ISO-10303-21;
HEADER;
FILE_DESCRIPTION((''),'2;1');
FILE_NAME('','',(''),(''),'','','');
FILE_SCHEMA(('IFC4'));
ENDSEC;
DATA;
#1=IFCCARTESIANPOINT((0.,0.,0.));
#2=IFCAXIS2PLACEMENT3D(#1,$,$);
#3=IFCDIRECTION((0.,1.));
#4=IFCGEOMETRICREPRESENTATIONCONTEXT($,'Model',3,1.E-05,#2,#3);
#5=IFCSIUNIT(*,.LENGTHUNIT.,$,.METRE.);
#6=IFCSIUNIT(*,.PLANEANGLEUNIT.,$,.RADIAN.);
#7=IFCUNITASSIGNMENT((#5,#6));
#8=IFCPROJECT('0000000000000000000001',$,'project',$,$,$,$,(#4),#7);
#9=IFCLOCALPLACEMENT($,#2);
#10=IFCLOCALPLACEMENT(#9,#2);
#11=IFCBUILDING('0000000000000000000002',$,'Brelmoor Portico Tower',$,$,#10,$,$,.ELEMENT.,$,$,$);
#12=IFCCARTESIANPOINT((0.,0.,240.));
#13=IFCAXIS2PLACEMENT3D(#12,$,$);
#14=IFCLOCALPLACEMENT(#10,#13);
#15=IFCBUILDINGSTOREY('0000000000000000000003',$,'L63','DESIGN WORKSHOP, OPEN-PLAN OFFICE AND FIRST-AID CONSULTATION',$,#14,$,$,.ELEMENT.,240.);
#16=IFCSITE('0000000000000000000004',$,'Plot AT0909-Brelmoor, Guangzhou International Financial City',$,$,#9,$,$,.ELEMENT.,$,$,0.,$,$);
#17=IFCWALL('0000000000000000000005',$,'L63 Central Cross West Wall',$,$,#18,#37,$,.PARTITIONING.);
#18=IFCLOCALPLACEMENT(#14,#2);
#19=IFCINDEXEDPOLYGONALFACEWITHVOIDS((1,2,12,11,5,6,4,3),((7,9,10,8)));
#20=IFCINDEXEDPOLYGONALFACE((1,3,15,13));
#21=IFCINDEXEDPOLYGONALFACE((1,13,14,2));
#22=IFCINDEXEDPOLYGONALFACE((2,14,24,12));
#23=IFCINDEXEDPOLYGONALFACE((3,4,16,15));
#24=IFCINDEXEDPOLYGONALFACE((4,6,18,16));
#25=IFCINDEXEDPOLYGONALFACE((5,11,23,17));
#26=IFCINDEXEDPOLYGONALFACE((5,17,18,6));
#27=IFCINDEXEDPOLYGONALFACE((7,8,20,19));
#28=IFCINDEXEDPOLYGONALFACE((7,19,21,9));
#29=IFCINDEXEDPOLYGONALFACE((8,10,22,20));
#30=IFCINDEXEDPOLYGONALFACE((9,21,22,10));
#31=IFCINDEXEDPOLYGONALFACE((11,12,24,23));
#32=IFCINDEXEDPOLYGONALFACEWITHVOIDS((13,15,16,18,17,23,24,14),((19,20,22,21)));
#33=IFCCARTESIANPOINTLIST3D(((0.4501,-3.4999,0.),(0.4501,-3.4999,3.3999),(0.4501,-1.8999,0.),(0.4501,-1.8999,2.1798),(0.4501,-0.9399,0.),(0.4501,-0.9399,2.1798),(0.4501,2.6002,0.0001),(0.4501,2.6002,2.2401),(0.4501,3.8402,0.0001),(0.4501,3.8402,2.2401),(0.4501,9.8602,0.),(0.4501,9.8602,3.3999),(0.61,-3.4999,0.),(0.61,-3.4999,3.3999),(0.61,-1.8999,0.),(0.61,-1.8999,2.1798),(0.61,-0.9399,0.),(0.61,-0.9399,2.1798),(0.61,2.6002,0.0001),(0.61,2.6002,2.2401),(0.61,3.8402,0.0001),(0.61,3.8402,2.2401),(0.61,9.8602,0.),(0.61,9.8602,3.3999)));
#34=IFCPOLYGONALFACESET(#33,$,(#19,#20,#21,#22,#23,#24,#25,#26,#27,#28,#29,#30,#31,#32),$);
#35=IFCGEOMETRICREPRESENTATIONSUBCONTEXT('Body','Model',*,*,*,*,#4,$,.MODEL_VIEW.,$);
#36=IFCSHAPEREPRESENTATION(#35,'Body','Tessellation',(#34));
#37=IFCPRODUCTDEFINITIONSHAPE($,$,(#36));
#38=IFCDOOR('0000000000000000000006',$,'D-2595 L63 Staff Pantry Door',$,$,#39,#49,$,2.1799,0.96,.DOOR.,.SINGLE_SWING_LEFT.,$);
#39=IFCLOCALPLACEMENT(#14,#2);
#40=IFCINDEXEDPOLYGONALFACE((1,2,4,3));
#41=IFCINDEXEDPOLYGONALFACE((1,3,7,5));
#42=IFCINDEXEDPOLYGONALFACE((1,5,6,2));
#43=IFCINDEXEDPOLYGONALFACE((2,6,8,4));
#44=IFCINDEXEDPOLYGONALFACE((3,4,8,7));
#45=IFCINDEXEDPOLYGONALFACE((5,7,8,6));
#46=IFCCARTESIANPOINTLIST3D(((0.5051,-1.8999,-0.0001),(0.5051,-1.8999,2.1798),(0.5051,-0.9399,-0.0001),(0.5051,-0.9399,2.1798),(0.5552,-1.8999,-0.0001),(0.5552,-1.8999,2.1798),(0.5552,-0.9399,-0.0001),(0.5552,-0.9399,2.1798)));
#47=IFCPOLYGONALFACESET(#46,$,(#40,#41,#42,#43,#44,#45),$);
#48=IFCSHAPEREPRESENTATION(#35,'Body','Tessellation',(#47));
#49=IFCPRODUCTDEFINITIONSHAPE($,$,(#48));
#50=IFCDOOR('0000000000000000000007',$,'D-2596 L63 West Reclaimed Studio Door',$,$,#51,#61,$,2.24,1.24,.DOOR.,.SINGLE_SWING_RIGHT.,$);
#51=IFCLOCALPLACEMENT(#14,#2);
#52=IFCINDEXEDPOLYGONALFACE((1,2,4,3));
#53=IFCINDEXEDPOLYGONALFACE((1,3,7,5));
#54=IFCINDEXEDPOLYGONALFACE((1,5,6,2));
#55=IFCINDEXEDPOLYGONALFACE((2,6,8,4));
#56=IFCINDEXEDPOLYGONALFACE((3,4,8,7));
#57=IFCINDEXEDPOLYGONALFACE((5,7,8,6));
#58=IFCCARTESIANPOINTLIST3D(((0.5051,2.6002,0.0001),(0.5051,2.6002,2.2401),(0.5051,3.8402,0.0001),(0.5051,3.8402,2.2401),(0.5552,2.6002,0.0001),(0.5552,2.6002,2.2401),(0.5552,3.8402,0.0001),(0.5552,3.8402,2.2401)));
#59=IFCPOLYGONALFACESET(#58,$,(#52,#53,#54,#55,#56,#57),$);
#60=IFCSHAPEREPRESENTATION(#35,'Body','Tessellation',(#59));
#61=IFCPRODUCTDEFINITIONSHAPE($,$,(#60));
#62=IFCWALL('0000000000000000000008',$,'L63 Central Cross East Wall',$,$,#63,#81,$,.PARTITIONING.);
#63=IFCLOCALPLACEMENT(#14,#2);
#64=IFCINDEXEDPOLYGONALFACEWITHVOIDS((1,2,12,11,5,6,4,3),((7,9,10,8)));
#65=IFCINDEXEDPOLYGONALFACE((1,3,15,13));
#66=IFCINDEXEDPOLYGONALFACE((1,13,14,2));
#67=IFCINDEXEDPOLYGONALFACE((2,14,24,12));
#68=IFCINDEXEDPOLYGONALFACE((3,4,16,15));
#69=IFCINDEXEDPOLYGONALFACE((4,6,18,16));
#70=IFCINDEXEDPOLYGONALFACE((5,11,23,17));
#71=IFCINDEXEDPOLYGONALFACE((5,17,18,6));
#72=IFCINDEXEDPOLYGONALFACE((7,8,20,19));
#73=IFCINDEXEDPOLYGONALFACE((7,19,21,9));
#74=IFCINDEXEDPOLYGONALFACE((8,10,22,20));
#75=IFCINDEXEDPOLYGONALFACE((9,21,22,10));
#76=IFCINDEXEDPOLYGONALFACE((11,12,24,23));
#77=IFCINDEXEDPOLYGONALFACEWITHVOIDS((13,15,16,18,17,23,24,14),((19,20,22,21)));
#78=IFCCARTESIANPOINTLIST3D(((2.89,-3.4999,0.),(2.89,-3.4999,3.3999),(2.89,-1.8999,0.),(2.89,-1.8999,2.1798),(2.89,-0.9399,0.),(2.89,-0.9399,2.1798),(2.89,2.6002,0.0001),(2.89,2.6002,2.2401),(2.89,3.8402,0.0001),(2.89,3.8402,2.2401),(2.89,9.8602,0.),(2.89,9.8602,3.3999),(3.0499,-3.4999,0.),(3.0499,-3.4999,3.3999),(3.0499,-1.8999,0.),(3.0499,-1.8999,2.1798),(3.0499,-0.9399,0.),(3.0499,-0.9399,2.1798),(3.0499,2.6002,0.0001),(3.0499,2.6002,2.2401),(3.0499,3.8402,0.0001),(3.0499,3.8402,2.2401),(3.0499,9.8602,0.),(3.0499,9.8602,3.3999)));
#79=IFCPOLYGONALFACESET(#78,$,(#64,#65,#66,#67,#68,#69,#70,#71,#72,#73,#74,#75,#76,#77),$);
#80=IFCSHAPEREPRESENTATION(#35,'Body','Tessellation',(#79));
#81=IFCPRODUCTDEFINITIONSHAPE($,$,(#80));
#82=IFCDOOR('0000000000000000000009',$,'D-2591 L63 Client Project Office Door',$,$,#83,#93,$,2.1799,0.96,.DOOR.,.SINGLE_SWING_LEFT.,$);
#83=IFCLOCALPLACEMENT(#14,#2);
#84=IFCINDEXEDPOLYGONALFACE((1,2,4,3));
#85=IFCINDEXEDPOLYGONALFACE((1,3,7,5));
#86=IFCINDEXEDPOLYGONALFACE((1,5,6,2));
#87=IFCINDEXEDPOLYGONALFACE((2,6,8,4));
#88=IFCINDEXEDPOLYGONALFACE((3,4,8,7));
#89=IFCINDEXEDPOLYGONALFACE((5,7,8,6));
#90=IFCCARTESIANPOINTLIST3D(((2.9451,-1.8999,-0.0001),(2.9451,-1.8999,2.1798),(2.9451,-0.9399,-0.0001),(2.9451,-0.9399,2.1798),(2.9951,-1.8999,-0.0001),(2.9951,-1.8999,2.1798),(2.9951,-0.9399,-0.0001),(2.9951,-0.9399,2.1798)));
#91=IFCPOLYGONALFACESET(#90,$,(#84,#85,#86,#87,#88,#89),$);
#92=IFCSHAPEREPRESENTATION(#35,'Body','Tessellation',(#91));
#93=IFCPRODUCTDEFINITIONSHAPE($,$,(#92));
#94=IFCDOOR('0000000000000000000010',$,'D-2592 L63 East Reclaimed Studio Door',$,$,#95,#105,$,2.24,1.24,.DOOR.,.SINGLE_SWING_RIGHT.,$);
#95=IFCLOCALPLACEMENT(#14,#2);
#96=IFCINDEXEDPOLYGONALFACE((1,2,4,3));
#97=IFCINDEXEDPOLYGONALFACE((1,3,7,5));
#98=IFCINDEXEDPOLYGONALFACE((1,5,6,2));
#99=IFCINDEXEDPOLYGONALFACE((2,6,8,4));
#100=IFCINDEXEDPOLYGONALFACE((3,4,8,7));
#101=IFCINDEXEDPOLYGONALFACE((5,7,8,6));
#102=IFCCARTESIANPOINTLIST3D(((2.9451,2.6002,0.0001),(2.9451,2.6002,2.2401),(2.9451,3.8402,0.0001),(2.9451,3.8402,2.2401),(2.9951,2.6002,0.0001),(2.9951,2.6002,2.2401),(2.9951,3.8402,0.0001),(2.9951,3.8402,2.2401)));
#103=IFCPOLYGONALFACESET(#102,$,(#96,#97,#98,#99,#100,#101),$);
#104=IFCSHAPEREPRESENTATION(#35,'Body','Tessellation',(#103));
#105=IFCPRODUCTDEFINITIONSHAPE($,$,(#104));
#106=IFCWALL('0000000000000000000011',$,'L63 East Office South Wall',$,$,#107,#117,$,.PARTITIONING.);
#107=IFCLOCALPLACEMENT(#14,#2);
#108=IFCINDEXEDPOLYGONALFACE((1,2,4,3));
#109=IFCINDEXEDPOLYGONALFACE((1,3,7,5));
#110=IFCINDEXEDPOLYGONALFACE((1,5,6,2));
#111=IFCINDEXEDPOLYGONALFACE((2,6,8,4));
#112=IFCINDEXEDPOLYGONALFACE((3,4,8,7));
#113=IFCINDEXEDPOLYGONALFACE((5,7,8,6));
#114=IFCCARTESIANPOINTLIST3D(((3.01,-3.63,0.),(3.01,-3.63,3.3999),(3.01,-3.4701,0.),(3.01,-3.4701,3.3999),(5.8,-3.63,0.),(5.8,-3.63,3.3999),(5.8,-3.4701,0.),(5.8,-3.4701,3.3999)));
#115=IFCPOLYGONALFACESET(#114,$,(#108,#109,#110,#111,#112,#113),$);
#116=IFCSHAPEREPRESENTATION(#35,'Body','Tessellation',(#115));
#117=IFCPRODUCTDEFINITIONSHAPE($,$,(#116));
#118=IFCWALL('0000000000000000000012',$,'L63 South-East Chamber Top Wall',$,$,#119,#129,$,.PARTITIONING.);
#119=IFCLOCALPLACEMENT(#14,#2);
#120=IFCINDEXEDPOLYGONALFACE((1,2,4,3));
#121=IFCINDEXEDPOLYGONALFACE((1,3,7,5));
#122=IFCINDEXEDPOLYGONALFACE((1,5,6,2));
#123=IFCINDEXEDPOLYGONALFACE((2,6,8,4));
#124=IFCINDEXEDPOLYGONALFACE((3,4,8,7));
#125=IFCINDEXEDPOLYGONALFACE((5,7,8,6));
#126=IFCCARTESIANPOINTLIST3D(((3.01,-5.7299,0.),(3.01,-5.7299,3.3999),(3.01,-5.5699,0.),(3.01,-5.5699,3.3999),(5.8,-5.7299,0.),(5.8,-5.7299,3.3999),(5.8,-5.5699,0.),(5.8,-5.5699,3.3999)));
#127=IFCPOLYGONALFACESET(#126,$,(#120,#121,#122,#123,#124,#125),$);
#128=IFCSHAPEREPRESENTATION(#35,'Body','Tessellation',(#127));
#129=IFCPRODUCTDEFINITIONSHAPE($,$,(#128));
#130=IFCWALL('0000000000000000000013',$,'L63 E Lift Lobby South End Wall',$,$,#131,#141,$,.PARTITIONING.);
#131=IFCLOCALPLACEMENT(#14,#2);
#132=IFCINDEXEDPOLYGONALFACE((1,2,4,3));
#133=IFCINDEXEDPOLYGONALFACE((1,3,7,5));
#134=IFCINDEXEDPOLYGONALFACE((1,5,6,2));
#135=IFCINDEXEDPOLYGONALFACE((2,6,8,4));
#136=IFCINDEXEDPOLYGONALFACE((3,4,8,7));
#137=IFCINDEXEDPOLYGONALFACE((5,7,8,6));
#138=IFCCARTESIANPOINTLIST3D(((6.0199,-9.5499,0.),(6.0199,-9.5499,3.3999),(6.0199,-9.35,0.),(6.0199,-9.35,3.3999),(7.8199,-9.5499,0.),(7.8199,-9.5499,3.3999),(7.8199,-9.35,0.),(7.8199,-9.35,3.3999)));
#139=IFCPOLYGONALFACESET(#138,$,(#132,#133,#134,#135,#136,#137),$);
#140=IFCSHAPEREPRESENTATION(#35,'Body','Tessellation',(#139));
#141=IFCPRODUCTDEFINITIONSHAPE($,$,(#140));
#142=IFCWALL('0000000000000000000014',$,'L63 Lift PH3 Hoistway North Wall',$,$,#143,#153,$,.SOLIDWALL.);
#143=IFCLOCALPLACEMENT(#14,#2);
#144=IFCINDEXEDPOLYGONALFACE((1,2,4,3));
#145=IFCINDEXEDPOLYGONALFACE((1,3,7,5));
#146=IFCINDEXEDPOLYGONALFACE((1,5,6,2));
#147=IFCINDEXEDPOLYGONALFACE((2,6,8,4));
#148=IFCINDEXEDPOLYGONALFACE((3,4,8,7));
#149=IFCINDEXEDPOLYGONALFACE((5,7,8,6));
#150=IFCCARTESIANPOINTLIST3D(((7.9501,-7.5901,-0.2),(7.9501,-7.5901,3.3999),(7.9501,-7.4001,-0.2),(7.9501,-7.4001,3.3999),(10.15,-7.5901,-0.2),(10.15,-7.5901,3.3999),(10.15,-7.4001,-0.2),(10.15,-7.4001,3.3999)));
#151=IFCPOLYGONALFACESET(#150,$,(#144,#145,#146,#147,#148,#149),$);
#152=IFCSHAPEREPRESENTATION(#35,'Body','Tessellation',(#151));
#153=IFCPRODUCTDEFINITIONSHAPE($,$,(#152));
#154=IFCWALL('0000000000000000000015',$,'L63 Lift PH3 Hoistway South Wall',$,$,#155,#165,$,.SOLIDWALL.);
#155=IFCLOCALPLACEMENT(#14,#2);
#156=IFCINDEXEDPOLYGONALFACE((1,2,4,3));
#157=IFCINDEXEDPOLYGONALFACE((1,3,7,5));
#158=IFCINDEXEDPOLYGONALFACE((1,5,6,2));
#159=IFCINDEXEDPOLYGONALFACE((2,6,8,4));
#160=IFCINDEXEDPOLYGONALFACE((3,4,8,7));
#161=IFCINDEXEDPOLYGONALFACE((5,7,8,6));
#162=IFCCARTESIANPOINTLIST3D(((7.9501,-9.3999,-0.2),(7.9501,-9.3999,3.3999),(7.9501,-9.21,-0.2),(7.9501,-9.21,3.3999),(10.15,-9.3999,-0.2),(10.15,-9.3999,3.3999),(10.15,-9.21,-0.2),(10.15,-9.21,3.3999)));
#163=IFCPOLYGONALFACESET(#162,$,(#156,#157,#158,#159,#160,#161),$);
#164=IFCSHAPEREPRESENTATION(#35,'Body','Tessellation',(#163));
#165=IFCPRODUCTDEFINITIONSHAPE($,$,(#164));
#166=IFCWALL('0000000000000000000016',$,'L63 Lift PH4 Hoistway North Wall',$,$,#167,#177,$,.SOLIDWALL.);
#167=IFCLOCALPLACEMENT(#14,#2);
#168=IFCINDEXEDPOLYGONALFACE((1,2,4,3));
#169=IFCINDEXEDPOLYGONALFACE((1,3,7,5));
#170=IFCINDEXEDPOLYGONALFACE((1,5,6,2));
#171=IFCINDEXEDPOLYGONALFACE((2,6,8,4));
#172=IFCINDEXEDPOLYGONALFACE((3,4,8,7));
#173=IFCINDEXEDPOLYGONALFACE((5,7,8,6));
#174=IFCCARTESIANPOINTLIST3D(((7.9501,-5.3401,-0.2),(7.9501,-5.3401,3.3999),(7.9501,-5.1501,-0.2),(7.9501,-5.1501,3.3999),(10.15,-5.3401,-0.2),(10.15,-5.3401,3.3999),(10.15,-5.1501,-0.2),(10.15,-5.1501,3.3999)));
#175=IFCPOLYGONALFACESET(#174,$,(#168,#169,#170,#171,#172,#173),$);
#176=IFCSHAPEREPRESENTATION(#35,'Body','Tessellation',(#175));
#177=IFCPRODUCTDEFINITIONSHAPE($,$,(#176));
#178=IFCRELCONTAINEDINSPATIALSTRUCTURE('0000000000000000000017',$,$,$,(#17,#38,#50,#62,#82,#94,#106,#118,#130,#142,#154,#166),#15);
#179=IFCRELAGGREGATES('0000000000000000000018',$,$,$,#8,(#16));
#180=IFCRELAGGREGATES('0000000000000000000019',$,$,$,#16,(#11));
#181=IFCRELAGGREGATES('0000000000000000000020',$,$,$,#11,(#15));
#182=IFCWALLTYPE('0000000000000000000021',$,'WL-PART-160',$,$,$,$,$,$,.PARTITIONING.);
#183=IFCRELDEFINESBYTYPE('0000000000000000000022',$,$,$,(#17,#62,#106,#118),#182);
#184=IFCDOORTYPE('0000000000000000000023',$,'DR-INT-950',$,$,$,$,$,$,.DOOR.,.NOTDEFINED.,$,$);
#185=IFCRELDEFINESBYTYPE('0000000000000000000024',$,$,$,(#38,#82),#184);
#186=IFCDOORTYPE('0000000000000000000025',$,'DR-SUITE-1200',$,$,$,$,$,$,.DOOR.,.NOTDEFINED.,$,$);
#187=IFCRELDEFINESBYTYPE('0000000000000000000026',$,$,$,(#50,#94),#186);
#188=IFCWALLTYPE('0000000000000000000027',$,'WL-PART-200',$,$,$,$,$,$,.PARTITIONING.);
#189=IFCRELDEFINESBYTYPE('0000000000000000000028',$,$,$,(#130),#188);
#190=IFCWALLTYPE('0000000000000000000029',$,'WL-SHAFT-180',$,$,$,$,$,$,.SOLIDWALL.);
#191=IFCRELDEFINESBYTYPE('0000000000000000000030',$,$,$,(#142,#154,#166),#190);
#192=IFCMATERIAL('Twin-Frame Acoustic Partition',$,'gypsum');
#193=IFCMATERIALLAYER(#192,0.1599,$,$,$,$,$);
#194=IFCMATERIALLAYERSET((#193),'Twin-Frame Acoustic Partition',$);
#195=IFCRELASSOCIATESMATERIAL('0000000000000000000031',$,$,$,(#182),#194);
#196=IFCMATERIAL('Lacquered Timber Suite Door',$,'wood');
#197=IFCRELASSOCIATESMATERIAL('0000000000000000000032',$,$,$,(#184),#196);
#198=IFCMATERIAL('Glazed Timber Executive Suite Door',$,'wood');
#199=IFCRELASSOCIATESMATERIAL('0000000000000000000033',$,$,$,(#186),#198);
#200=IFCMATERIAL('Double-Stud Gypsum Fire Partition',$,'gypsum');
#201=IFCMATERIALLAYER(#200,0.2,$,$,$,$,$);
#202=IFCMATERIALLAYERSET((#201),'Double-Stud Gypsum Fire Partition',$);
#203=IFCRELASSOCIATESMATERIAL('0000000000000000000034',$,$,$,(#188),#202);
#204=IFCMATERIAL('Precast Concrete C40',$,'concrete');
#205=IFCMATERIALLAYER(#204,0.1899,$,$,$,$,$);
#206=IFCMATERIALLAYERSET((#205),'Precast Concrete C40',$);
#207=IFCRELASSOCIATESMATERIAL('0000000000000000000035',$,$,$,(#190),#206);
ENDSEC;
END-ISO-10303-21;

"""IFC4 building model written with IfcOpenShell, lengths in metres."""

from ifc_helpers import new_model, si_unit, direction, frame, frame_2d, origin, place, context, subcontext, project, spatial, rectangle, extrude, material, layer, layer_set, type_object, element, fill, save


model = new_model("IFC4")

# Units and contexts
model_context = context("Model", 3, precision=1e-05, world=origin(), true_north=direction((0.0, 1.0)))
body_context = subcontext(model_context, "Body", "Model", "MODEL_VIEW")
ifc_project = project(units=[si_unit("LENGTHUNIT", "METRE"), si_unit("PLANEANGLEUNIT", "RADIAN")], contexts=[model_context])

# Site, building, storey
site_placement = place(None, origin())
site = spatial("IfcSite", under=ifc_project, at=site_placement, Name="Plot AT0909-Brelmoor, Guangzhou International Financial City", CompositionType="ELEMENT", RefElevation=0.0)
building_placement = place(site_placement, origin())
building = spatial("IfcBuilding", under=site, at=building_placement, Name="Brelmoor Portico Tower", CompositionType="ELEMENT")
storey_placement = place(building_placement, frame((0.0, 0.0, 240.0)))
storey = spatial("IfcBuildingStorey", under=building, at=storey_placement, Name="L63", Description="DESIGN WORKSHOP, OPEN-PLAN OFFICE AND FIRST-AID CONSULTATION", CompositionType="ELEMENT", Elevation=240.0)

# Walls, openings, doors
ifc_material_1 = material(Name="Twin-Frame Acoustic Partition", Category="gypsum")
ifc_layer_1 = layer(ifc_material_1, 0.1599)
ifc_layer_set_1 = layer_set([ifc_layer_1], Name="Twin-Frame Acoustic Partition")
wall_type_1 = type_object("IfcWallType", Name="WL-PART-160", PredefinedType="PARTITIONING", material=ifc_layer_set_1)
wall_1_placement = place(storey_placement, frame((0.53, -3.5, 0.0), z_axis=(0.0, 0.0, 1.0), x_axis=(0.0, 1.0, 0.0)))
wall_1 = element("IfcWall", 1, at=wall_1_placement, inside=storey, type_object=wall_type_1, Name="L63 Central Cross West Wall", PredefinedType="PARTITIONING", context=body_context, shape_type="SweptSolid", body=[
    extrude(rectangle(XDim=13.3601, YDim=0.1599, at=frame_2d((6.6802, 0.0))), origin(), (0.0, 0.0, 1.0), 3.3999),
])
opening_1_placement = place(wall_1_placement, frame((6.1001, 0.0, 0.0)))
opening_1 = element("IfcOpeningElement", 2, at=opening_1_placement, cuts=wall_1, PredefinedType="OPENING", context=body_context, shape_type="SweptSolid", body=[
    extrude(rectangle(XDim=1.24, YDim=2.24, at=frame_2d((0.6201, 1.1201))), frame((0.0, 0.0898, 0.0), z_axis=(0.0, -1.0, 0.0), x_axis=(1.0, 0.0, 0.0)), (0.0, 0.0, 1.0), 0.1799),
])
opening_2_placement = place(wall_1_placement, frame((1.6001, 0.0, 0.0)))
opening_2 = element("IfcOpeningElement", 3, at=opening_2_placement, cuts=wall_1, PredefinedType="OPENING", context=body_context, shape_type="SweptSolid", body=[
    extrude(rectangle(XDim=0.96, YDim=2.1799, at=frame_2d((0.48, 1.0898))), frame((0.0, 0.0898, 0.0), z_axis=(0.0, -1.0, 0.0), x_axis=(1.0, 0.0, 0.0)), (0.0, 0.0, 1.0), 0.1799),
])
ifc_material_2 = material(Name="Lacquered Timber Suite Door", Category="wood")
door_type_1 = type_object("IfcDoorType", Name="DR-INT-950", OperationType="NOTDEFINED", PredefinedType="DOOR", material=ifc_material_2)
door_1_placement = place(opening_2_placement, origin())
door_1 = element("IfcDoor", 4, at=door_1_placement, inside=storey, type_object=door_type_1, Name="D-2595 L63 Staff Pantry Door", OperationType="SINGLE_SWING_LEFT", OverallHeight=2.1799, OverallWidth=0.96, PredefinedType="DOOR", context=body_context, shape_type="SweptSolid", body=[
    extrude(rectangle(XDim=0.96, YDim=2.1799, at=frame_2d((0.48, 1.0898))), frame((0.0, 0.0249, 0.0), z_axis=(0.0, -1.0, 0.0), x_axis=(1.0, 0.0, 0.0)), (0.0, 0.0, 1.0), 0.05),
])
fill(opening_2, door_1)
ifc_material_3 = material(Name="Glazed Timber Executive Suite Door", Category="wood")
door_type_2 = type_object("IfcDoorType", Name="DR-SUITE-1200", OperationType="NOTDEFINED", PredefinedType="DOOR", material=ifc_material_3)
door_2_placement = place(opening_1_placement, origin())
door_2 = element("IfcDoor", 5, at=door_2_placement, inside=storey, type_object=door_type_2, Name="D-2596 L63 West Reclaimed Studio Door", OperationType="SINGLE_SWING_RIGHT", OverallHeight=2.24, OverallWidth=1.24, PredefinedType="DOOR", context=body_context, shape_type="SweptSolid", body=[
    extrude(rectangle(XDim=1.24, YDim=2.24, at=frame_2d((0.6201, 1.1201))), frame((0.0, 0.0249, 0.0), z_axis=(0.0, -1.0, 0.0), x_axis=(1.0, 0.0, 0.0)), (0.0, 0.0, 1.0), 0.05),
])
fill(opening_1, door_2)
wall_2_placement = place(storey_placement, frame((2.97, -3.5, 0.0), z_axis=(0.0, 0.0, 1.0), x_axis=(0.0, 1.0, 0.0)))
wall_2 = element("IfcWall", 6, at=wall_2_placement, inside=storey, type_object=wall_type_1, Name="L63 Central Cross East Wall", PredefinedType="PARTITIONING", context=body_context, shape_type="SweptSolid", body=[
    extrude(rectangle(XDim=13.3601, YDim=0.1599, at=frame_2d((6.6802, 0.0))), origin(), (0.0, 0.0, 1.0), 3.3999),
])
opening_3_placement = place(wall_2_placement, frame((6.1001, 0.0, 0.0)))
opening_3 = element("IfcOpeningElement", 7, at=opening_3_placement, cuts=wall_2, PredefinedType="OPENING", context=body_context, shape_type="SweptSolid", body=[
    extrude(rectangle(XDim=1.24, YDim=2.24, at=frame_2d((0.6201, 1.1201))), frame((0.0, 0.0898, 0.0), z_axis=(0.0, -1.0, 0.0), x_axis=(1.0, 0.0, 0.0)), (0.0, 0.0, 1.0), 0.1799),
])
opening_4_placement = place(wall_2_placement, frame((1.6001, 0.0, 0.0)))
opening_4 = element("IfcOpeningElement", 8, at=opening_4_placement, cuts=wall_2, PredefinedType="OPENING", context=body_context, shape_type="SweptSolid", body=[
    extrude(rectangle(XDim=0.96, YDim=2.1799, at=frame_2d((0.48, 1.0898))), frame((0.0, 0.0898, 0.0), z_axis=(0.0, -1.0, 0.0), x_axis=(1.0, 0.0, 0.0)), (0.0, 0.0, 1.0), 0.1799),
])
door_3_placement = place(opening_4_placement, origin())
door_3 = element("IfcDoor", 9, at=door_3_placement, inside=storey, type_object=door_type_1, Name="D-2591 L63 Client Project Office Door", OperationType="SINGLE_SWING_LEFT", OverallHeight=2.1799, OverallWidth=0.96, PredefinedType="DOOR", context=body_context, shape_type="SweptSolid", body=[
    extrude(rectangle(XDim=0.96, YDim=2.1799, at=frame_2d((0.48, 1.0898))), frame((0.0, 0.0249, 0.0), z_axis=(0.0, -1.0, 0.0), x_axis=(1.0, 0.0, 0.0)), (0.0, 0.0, 1.0), 0.05),
])
fill(opening_4, door_3)
door_4_placement = place(opening_3_placement, origin())
door_4 = element("IfcDoor", 10, at=door_4_placement, inside=storey, type_object=door_type_2, Name="D-2592 L63 East Reclaimed Studio Door", OperationType="SINGLE_SWING_RIGHT", OverallHeight=2.24, OverallWidth=1.24, PredefinedType="DOOR", context=body_context, shape_type="SweptSolid", body=[
    extrude(rectangle(XDim=1.24, YDim=2.24, at=frame_2d((0.6201, 1.1201))), frame((0.0, 0.0249, 0.0), z_axis=(0.0, -1.0, 0.0), x_axis=(1.0, 0.0, 0.0)), (0.0, 0.0, 1.0), 0.05),
])
fill(opening_3, door_4)

# Walls
for number, where, z_axis, x_axis, name in (
    (11, (3.01, -3.55, 0.0), (0.0, 0.0, 1.0), (1.0, 0.0, 0.0), "L63 East Office South Wall"),
    (12, (3.01, -5.6499, 0.0), (0.0, 0.0, 1.0), (1.0, 0.0, 0.0), "L63 South-East Chamber Top Wall"),
):
    element("IfcWall", number, at=place(storey_placement, frame(where, z_axis=z_axis, x_axis=x_axis)), inside=storey, type_object=wall_type_1, Name=name, PredefinedType="PARTITIONING", context=body_context, shape_type="SweptSolid", body=[
        extrude(rectangle(XDim=2.79, YDim=0.1599, at=frame_2d((1.395, 0.0))), origin(), (0.0, 0.0, 1.0), 3.3999),
    ])
ifc_material_4 = material(Name="Double-Stud Gypsum Fire Partition", Category="gypsum")
ifc_layer_2 = layer(ifc_material_4, 0.2)
ifc_layer_set_2 = layer_set([ifc_layer_2], Name="Double-Stud Gypsum Fire Partition")
wall_type_2 = type_object("IfcWallType", Name="WL-PART-200", PredefinedType="PARTITIONING", material=ifc_layer_set_2)
wall_3_placement = place(storey_placement, frame((6.02, -9.45, 0.0), z_axis=(0.0, 0.0, 1.0), x_axis=(1.0, 0.0, 0.0)))
element("IfcWall", 13, at=wall_3_placement, inside=storey, type_object=wall_type_2, Name="L63 E Lift Lobby South End Wall", PredefinedType="PARTITIONING", context=body_context, shape_type="SweptSolid", body=[
    extrude(rectangle(XDim=1.8, YDim=0.2, at=frame_2d((0.8999, 0.0))), origin(), (0.0, 0.0, 1.0), 3.3999),
])
ifc_material_5 = material(Name="Precast Concrete C40", Category="concrete")
ifc_layer_3 = layer(ifc_material_5, 0.1899)
ifc_layer_set_3 = layer_set([ifc_layer_3], Name="Precast Concrete C40")
wall_type_3 = type_object("IfcWallType", Name="WL-SHAFT-180", PredefinedType="SOLIDWALL", material=ifc_layer_set_3)
for number, where, z_axis, x_axis, name in (
    (14, (7.95, -7.4951, -0.2), (0.0, 0.0, 1.0), (1.0, 0.0, 0.0), "L63 Lift PH3 Hoistway North Wall"),
    (15, (7.95, -9.3049, -0.2), (0.0, 0.0, 1.0), (1.0, 0.0, 0.0), "L63 Lift PH3 Hoistway South Wall"),
    (16, (7.95, -5.2451, -0.2), (0.0, 0.0, 1.0), (1.0, 0.0, 0.0), "L63 Lift PH4 Hoistway North Wall"),
):
    element("IfcWall", number, at=place(storey_placement, frame(where, z_axis=z_axis, x_axis=x_axis)), inside=storey, type_object=wall_type_3, Name=name, PredefinedType="SOLIDWALL", context=body_context, shape_type="SweptSolid", body=[
        extrude(rectangle(XDim=2.2, YDim=0.1899, at=frame_2d((1.1001, 0.0))), origin(), (0.0, 0.0, 1.0), 3.5999),
    ])

save(model, "model.ifc")
